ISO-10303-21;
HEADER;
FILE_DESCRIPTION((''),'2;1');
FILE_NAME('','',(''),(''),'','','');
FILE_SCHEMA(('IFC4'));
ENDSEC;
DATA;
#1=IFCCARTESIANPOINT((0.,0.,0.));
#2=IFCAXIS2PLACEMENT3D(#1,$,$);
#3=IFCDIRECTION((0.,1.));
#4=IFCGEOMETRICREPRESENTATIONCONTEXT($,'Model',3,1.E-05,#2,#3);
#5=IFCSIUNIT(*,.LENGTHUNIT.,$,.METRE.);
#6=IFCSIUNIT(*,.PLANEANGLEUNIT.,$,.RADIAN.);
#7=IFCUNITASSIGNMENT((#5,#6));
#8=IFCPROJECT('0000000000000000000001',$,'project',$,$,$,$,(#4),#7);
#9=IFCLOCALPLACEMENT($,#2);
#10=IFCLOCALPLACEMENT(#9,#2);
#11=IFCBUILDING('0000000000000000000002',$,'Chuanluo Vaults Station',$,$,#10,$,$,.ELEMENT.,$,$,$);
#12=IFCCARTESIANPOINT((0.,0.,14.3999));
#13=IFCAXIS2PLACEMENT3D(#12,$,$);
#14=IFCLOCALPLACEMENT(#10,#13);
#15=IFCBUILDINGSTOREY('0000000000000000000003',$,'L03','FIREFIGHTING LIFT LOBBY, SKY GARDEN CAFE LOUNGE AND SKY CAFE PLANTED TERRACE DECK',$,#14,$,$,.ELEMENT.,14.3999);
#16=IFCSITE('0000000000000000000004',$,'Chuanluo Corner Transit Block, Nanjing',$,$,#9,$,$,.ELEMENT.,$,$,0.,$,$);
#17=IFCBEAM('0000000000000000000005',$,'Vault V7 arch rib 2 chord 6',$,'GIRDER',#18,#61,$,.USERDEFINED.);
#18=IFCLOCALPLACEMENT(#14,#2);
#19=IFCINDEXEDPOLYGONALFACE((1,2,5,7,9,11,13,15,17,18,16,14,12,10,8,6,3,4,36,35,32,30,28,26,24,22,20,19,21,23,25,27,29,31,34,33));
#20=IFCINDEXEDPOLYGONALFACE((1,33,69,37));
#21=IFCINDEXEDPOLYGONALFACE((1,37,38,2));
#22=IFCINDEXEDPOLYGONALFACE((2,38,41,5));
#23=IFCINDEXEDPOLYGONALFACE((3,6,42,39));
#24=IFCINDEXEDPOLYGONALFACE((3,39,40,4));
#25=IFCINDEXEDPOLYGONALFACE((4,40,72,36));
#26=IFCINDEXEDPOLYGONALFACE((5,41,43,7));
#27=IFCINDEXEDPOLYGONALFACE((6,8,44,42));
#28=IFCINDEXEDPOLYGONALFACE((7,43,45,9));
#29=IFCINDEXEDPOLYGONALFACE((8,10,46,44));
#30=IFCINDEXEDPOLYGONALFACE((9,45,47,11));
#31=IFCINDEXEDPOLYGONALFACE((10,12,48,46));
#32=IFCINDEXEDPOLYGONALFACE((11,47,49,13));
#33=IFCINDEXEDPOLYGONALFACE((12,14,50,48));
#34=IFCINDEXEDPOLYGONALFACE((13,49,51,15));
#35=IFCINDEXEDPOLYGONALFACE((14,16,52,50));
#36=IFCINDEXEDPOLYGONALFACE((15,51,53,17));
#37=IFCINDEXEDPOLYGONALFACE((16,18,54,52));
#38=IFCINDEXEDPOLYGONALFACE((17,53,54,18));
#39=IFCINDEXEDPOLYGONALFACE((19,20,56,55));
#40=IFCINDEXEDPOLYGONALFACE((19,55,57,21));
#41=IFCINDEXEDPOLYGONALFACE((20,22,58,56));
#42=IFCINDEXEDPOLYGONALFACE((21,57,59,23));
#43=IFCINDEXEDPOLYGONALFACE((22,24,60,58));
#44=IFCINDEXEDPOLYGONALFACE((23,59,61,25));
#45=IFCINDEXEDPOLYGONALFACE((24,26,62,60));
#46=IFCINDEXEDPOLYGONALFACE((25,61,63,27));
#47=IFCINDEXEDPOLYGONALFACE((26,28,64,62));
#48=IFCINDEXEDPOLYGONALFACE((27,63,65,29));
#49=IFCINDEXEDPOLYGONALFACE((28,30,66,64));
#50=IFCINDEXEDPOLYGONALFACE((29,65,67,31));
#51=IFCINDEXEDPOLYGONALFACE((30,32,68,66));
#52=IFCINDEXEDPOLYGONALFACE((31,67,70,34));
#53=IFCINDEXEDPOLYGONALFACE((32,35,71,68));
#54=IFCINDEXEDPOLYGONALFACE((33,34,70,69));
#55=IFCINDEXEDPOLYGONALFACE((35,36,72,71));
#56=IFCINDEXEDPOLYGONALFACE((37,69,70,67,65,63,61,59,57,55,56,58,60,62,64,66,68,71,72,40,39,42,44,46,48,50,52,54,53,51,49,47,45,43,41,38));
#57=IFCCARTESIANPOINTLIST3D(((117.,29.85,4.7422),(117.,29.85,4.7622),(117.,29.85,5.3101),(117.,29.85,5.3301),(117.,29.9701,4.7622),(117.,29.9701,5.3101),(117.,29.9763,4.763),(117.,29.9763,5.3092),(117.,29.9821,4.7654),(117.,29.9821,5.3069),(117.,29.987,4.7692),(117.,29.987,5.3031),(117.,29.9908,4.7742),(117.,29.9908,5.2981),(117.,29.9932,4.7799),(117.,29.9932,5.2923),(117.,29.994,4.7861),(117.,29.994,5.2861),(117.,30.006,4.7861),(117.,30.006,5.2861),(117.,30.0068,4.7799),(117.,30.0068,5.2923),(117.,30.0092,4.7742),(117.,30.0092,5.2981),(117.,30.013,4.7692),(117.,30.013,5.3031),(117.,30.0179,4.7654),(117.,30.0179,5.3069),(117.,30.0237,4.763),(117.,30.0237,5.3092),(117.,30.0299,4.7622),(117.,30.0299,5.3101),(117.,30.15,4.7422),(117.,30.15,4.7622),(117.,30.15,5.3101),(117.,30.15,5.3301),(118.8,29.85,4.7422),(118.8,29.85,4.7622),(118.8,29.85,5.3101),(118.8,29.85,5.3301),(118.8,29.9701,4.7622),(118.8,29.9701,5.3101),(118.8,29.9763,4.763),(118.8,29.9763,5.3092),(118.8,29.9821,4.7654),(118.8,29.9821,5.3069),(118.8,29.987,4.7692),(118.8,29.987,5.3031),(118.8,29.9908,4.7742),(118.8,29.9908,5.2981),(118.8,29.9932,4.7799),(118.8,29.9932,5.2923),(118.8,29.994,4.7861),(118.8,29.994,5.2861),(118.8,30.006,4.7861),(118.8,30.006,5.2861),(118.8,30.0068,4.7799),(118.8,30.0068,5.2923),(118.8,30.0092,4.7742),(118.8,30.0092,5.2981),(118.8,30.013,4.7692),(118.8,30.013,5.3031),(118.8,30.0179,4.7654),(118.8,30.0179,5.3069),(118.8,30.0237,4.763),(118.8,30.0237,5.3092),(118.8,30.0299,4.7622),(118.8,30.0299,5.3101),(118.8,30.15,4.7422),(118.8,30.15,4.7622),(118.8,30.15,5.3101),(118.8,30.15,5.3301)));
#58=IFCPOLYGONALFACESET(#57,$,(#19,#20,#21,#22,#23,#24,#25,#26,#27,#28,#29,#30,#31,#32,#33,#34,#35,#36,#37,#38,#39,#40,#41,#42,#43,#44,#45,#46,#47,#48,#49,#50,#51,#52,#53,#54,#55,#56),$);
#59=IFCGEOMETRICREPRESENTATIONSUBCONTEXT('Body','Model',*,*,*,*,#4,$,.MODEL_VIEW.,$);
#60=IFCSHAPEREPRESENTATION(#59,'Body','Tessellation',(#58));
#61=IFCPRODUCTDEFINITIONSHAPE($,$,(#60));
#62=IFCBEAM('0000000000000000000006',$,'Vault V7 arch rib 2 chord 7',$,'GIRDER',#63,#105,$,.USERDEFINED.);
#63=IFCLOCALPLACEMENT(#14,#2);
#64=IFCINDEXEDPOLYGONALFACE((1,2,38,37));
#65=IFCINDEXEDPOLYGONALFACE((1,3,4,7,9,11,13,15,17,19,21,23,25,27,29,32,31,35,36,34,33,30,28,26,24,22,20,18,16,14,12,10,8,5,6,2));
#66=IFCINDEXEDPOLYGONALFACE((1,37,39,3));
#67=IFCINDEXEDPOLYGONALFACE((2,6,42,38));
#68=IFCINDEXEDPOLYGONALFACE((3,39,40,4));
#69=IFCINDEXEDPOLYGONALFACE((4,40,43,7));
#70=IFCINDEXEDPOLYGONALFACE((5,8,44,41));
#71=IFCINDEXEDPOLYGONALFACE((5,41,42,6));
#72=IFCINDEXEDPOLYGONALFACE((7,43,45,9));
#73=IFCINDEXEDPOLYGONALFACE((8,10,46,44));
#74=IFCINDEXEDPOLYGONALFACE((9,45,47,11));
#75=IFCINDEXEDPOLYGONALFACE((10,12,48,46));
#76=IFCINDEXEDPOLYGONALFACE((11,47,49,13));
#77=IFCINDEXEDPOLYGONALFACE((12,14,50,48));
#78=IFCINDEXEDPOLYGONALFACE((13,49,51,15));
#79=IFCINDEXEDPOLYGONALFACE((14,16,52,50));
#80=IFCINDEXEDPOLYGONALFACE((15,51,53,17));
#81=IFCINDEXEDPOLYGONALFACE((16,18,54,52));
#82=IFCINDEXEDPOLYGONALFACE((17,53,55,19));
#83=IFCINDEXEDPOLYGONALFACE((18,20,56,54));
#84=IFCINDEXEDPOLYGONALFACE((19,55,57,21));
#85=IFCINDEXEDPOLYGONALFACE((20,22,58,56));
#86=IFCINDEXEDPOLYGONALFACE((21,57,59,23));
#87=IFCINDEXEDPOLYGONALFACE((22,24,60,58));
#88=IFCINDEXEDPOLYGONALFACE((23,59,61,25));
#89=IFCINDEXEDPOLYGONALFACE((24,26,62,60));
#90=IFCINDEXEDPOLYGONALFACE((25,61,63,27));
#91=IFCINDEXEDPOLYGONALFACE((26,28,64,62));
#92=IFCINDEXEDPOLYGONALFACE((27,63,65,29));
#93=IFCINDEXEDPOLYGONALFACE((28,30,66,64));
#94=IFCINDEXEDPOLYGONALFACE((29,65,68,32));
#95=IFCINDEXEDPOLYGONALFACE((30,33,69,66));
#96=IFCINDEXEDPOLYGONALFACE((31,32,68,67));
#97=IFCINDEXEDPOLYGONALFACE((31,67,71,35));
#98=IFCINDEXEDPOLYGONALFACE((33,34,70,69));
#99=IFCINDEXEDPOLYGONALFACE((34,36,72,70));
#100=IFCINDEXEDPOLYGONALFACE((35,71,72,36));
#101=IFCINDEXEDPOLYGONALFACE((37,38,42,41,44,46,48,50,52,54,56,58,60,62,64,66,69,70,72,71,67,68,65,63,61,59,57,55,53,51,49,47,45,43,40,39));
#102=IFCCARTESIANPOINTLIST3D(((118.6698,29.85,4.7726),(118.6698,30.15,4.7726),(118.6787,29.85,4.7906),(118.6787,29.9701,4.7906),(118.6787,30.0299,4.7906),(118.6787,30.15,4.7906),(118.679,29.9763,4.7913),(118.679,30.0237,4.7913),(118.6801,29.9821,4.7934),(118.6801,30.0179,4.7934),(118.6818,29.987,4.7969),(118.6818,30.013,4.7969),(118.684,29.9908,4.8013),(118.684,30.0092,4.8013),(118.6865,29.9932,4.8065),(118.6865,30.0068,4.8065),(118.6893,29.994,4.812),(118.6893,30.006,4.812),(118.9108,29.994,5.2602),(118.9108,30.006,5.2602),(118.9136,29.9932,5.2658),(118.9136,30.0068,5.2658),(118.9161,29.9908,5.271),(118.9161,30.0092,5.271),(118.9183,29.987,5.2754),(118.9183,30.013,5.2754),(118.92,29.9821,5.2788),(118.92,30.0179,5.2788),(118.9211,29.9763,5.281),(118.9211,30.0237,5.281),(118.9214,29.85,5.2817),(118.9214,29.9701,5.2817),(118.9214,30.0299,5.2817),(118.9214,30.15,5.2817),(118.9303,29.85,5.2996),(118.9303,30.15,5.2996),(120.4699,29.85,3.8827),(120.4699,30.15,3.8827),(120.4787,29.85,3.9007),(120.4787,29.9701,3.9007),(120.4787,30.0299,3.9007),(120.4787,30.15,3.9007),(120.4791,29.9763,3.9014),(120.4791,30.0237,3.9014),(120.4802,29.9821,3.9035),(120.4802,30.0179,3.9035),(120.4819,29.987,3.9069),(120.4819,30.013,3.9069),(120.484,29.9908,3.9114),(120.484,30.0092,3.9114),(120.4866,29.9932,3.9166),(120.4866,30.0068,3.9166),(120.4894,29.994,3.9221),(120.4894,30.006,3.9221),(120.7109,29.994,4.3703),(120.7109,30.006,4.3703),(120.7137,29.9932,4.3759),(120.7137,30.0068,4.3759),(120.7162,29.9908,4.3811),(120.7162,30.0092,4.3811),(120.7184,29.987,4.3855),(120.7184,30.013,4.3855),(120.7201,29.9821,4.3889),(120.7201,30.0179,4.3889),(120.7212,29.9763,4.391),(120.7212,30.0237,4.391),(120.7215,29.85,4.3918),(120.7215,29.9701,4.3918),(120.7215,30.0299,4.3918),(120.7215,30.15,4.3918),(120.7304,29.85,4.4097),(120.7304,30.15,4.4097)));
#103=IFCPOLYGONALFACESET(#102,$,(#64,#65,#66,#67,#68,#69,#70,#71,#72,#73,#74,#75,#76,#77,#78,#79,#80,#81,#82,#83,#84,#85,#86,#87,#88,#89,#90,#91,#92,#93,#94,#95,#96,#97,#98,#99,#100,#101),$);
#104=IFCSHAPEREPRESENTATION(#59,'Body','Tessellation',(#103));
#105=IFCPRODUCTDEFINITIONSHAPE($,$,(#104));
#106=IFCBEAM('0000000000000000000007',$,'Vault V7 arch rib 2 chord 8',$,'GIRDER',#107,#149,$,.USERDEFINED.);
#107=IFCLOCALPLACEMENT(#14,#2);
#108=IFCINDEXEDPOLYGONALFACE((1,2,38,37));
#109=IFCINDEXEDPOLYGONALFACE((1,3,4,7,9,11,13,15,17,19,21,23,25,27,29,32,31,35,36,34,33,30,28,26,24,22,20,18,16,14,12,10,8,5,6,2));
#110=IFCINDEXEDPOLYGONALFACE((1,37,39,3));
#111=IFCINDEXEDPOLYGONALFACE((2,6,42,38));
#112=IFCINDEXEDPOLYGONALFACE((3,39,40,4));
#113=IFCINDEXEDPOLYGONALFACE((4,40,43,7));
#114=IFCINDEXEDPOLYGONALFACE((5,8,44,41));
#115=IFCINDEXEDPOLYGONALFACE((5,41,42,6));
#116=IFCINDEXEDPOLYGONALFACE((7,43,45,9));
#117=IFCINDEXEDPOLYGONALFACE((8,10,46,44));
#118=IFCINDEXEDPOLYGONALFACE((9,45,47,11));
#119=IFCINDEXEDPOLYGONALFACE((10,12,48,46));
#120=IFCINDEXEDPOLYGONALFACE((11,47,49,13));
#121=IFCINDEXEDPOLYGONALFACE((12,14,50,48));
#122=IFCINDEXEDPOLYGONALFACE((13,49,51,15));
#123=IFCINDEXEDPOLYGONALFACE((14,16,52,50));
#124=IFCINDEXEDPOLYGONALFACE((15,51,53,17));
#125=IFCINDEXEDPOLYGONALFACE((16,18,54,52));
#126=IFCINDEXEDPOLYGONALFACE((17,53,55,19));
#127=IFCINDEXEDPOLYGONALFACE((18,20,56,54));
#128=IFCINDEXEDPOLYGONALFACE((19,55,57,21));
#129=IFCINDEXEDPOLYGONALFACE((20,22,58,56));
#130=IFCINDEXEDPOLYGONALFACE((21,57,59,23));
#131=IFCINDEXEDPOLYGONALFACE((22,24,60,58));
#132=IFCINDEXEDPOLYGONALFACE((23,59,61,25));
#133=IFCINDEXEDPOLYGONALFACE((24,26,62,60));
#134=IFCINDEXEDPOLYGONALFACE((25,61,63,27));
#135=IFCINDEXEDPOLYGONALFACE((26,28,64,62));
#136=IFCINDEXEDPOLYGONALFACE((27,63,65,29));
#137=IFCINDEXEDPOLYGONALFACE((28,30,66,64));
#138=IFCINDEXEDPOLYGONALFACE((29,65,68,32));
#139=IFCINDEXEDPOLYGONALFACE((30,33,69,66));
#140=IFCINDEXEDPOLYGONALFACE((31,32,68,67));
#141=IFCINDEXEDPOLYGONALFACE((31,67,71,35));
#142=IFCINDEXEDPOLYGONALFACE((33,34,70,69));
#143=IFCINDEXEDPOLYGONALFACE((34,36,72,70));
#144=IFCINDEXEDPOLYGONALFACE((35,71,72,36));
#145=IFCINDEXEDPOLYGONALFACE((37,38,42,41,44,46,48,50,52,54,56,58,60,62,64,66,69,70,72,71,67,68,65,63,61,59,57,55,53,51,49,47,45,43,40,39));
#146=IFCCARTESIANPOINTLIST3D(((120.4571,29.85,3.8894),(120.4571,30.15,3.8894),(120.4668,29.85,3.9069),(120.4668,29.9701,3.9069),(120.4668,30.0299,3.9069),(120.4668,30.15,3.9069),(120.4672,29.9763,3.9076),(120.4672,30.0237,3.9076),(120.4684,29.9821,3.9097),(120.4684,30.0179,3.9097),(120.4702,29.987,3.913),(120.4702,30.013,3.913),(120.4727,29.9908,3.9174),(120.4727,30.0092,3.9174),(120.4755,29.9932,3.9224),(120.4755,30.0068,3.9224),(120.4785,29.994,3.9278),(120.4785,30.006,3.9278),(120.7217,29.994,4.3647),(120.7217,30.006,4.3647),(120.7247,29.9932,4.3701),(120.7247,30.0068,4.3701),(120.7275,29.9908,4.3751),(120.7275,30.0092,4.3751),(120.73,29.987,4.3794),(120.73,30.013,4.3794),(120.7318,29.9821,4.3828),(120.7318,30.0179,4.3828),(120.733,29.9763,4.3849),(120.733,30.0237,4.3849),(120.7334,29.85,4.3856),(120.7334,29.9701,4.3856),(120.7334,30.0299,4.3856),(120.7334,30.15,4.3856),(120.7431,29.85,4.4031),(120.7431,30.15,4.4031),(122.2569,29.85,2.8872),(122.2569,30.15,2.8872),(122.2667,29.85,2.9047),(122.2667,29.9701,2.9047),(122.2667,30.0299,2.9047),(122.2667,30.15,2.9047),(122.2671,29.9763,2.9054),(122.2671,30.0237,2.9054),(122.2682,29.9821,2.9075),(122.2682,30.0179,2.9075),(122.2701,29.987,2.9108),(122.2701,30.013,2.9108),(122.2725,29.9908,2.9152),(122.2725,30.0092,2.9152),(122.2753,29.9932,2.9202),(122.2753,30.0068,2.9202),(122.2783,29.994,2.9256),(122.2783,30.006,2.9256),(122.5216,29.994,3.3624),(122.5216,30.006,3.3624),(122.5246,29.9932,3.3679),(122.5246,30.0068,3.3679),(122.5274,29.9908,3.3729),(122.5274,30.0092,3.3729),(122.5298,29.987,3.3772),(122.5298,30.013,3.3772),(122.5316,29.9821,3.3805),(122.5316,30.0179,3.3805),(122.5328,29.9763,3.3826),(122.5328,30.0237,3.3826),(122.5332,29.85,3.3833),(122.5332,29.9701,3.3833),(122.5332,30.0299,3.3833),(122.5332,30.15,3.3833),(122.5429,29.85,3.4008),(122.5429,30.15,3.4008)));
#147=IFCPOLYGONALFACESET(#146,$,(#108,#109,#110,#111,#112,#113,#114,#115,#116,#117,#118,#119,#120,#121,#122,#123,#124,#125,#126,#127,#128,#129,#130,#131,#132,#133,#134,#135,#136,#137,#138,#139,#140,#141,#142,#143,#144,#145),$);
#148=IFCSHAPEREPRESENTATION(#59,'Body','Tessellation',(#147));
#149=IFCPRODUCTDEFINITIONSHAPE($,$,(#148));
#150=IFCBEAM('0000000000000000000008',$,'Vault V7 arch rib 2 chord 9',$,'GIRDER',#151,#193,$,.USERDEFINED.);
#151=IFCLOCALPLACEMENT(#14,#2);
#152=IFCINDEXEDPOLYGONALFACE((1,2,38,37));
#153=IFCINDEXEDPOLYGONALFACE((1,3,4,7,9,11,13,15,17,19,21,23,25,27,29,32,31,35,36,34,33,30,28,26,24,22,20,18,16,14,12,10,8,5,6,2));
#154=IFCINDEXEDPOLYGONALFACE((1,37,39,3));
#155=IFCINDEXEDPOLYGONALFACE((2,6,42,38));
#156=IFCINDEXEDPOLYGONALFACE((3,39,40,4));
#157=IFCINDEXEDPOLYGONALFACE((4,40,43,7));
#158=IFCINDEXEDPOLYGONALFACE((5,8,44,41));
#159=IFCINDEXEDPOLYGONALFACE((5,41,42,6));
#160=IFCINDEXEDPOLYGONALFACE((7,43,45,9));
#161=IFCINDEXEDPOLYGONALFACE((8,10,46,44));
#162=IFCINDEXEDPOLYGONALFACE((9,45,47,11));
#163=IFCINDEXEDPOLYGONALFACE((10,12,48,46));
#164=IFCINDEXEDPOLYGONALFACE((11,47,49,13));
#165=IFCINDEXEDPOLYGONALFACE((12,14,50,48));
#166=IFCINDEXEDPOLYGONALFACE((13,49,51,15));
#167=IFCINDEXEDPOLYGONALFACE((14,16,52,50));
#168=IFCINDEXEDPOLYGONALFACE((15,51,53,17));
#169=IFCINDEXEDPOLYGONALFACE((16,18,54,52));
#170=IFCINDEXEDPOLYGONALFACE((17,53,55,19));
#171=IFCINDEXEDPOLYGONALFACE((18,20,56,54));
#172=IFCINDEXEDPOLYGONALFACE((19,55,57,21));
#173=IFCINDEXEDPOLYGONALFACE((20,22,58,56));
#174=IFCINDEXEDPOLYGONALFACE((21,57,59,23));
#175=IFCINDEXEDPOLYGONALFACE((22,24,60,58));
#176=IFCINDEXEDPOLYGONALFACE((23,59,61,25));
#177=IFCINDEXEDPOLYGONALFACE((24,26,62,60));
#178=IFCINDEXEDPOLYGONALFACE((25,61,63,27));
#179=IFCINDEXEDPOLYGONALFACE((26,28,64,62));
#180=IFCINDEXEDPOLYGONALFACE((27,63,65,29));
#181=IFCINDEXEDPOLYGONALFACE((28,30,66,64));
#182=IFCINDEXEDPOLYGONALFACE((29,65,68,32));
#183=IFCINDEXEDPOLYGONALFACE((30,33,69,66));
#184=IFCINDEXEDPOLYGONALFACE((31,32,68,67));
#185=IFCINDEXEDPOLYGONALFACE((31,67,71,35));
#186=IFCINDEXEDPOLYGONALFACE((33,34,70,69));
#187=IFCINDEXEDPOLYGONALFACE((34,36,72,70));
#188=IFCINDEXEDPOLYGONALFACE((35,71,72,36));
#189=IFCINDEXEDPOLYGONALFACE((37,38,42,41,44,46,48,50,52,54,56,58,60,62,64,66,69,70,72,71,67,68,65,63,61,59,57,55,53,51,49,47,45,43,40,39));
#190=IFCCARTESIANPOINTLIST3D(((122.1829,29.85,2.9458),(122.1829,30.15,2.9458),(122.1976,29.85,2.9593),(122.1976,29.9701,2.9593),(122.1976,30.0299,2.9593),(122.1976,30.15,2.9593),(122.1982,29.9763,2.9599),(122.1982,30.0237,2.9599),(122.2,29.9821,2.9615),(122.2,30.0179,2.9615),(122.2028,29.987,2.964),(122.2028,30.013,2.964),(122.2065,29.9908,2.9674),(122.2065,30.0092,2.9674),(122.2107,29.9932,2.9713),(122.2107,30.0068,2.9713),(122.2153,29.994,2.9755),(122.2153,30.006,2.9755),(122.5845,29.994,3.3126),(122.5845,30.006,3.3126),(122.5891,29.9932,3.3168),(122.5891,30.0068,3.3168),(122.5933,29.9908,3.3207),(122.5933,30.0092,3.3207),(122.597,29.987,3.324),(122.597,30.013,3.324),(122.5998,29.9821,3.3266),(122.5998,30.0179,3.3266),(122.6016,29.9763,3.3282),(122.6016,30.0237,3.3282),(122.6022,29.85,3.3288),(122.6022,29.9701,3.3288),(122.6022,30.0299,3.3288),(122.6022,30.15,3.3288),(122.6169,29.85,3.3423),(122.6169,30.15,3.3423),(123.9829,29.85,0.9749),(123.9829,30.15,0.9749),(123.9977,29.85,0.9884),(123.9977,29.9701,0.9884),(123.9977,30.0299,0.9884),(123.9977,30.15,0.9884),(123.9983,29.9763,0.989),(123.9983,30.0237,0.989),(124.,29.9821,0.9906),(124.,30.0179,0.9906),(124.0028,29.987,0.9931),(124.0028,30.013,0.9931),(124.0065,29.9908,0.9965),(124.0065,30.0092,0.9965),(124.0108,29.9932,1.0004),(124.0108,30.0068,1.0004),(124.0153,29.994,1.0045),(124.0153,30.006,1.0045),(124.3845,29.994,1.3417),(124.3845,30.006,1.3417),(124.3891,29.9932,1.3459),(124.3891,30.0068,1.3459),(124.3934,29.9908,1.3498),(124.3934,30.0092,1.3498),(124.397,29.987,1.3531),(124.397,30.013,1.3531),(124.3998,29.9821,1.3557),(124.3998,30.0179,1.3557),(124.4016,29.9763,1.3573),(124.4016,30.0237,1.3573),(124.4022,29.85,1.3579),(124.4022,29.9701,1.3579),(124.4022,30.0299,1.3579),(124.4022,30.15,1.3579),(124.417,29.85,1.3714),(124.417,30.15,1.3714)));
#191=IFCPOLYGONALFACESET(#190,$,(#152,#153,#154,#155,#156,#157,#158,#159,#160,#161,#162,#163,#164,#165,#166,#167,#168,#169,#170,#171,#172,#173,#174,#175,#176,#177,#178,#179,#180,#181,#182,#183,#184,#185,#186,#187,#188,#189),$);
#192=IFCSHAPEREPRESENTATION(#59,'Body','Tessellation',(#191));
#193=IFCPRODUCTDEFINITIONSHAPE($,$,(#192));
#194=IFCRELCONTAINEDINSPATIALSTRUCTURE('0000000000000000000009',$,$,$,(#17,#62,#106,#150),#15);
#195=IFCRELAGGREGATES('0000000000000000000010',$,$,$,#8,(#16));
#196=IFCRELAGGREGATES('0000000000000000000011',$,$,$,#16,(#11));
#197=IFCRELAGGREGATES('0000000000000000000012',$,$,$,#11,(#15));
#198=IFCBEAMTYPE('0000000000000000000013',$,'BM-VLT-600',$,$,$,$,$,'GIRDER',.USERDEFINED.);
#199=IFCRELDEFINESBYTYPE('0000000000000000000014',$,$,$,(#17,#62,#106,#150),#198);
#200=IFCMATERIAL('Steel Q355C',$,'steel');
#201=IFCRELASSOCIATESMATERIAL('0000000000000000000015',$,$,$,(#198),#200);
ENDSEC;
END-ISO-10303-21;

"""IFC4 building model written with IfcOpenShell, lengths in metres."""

from ifc_helpers import new_model, si_unit, direction, frame, origin, origin_2d, place, context, subcontext, project, spatial, i_section, extrude, material, material_profile, profile_set, type_object, element, save


model = new_model("IFC4")

# Units and contexts
model_context = context("Model", 3, precision=1e-05, world=origin(), true_north=direction((0.0, 1.0)))
body_context = subcontext(model_context, "Body", "Model", "MODEL_VIEW")
ifc_project = project(units=[si_unit("LENGTHUNIT", "METRE"), si_unit("PLANEANGLEUNIT", "RADIAN")], contexts=[model_context])

# Site, building, storey
site_placement = place(None, origin())
site = spatial("IfcSite", under=ifc_project, at=site_placement, Name="Chuanluo Corner Transit Block, Nanjing", CompositionType="ELEMENT", RefElevation=0.0)
building_placement = place(site_placement, origin())
building = spatial("IfcBuilding", under=site, at=building_placement, Name="Chuanluo Vaults Station", CompositionType="ELEMENT")
storey_placement = place(building_placement, frame((0.0, 0.0, 14.3999)))
storey = spatial("IfcBuildingStorey", under=building, at=storey_placement, Name="L03", Description="FIREFIGHTING LIFT LOBBY, SKY GARDEN CAFE LOUNGE AND SKY CAFE PLANTED TERRACE DECK", CompositionType="ELEMENT", Elevation=14.3999)

# Beams
ifc_material_1 = material(Name="Steel Q355C", Category="steel")
ifc_material_profile_1 = material_profile(ifc_material_1, i_section(OverallWidth=0.3, OverallDepth=0.5879, WebThickness=0.012, FlangeThickness=0.02, FilletRadius=0.0239, at=origin_2d()))
ifc_profile_set_1 = profile_set([ifc_material_profile_1], Name="Steel Q355C")
beam_type = type_object("IfcBeamType", Name="BM-VLT-600", ElementType="GIRDER", PredefinedType="USERDEFINED", material=ifc_profile_set_1)
beam_1_placement = place(storey_placement, frame((117.0, 30.0, 5.0361), z_axis=(1.0, 0.0, 0.0), x_axis=(0.0, 1.0, 0.0)))
element("IfcBeam", 1, at=beam_1_placement, inside=storey, type_object=beam_type, Name="Vault V7 arch rib 2 chord 6", ObjectType="GIRDER", PredefinedType="USERDEFINED", context=body_context, shape_type="SweptSolid", body=[
    extrude(i_section(OverallWidth=0.3, OverallDepth=0.5879, WebThickness=0.012, FlangeThickness=0.02, FilletRadius=0.0239, at=origin_2d()), origin(), (0.0, 0.0, 1.0), 1.8),
])
beam_2_placement = place(storey_placement, frame((118.8, 30.0, 5.0361), z_axis=(0.896436, 0.0, -0.443172), x_axis=(0.0, 1.0, 0.0)))
element("IfcBeam", 2, at=beam_2_placement, inside=storey, type_object=beam_type, Name="Vault V7 arch rib 2 chord 7", ObjectType="GIRDER", PredefinedType="USERDEFINED", context=body_context, shape_type="SweptSolid", body=[
    extrude(i_section(OverallWidth=0.3, OverallDepth=0.5879, WebThickness=0.012, FlangeThickness=0.02, FilletRadius=0.0239, at=origin_2d()), origin(), (0.0, 0.0, 1.0), 2.0081),
])
beam_3_placement = place(storey_placement, frame((120.6001, 30.0, 4.1462), z_axis=(0.873682, 0.0, -0.486498), x_axis=(0.0, 1.0, 0.0)))
element("IfcBeam", 3, at=beam_3_placement, inside=storey, type_object=beam_type, Name="Vault V7 arch rib 2 chord 8", ObjectType="GIRDER", PredefinedType="USERDEFINED", context=body_context, shape_type="SweptSolid", body=[
    extrude(i_section(OverallWidth=0.3, OverallDepth=0.5879, WebThickness=0.012, FlangeThickness=0.02, FilletRadius=0.0239, at=origin_2d()), origin(), (0.0, 0.0, 1.0), 2.0601),
])
beam_4_placement = place(storey_placement, frame((122.3999, 30.0, 3.144), z_axis=(0.674369, 0.0, -0.738394), x_axis=(0.0, 1.0, 0.0)))
element("IfcBeam", 4, at=beam_4_placement, inside=storey, type_object=beam_type, Name="Vault V7 arch rib 2 chord 9", ObjectType="GIRDER", PredefinedType="USERDEFINED", context=body_context, shape_type="SweptSolid", body=[
    extrude(i_section(OverallWidth=0.3, OverallDepth=0.5879, WebThickness=0.012, FlangeThickness=0.02, FilletRadius=0.0239, at=origin_2d()), origin(), (0.0, 0.0, 1.0), 2.6692),
])

save(model, "model.ifc")
